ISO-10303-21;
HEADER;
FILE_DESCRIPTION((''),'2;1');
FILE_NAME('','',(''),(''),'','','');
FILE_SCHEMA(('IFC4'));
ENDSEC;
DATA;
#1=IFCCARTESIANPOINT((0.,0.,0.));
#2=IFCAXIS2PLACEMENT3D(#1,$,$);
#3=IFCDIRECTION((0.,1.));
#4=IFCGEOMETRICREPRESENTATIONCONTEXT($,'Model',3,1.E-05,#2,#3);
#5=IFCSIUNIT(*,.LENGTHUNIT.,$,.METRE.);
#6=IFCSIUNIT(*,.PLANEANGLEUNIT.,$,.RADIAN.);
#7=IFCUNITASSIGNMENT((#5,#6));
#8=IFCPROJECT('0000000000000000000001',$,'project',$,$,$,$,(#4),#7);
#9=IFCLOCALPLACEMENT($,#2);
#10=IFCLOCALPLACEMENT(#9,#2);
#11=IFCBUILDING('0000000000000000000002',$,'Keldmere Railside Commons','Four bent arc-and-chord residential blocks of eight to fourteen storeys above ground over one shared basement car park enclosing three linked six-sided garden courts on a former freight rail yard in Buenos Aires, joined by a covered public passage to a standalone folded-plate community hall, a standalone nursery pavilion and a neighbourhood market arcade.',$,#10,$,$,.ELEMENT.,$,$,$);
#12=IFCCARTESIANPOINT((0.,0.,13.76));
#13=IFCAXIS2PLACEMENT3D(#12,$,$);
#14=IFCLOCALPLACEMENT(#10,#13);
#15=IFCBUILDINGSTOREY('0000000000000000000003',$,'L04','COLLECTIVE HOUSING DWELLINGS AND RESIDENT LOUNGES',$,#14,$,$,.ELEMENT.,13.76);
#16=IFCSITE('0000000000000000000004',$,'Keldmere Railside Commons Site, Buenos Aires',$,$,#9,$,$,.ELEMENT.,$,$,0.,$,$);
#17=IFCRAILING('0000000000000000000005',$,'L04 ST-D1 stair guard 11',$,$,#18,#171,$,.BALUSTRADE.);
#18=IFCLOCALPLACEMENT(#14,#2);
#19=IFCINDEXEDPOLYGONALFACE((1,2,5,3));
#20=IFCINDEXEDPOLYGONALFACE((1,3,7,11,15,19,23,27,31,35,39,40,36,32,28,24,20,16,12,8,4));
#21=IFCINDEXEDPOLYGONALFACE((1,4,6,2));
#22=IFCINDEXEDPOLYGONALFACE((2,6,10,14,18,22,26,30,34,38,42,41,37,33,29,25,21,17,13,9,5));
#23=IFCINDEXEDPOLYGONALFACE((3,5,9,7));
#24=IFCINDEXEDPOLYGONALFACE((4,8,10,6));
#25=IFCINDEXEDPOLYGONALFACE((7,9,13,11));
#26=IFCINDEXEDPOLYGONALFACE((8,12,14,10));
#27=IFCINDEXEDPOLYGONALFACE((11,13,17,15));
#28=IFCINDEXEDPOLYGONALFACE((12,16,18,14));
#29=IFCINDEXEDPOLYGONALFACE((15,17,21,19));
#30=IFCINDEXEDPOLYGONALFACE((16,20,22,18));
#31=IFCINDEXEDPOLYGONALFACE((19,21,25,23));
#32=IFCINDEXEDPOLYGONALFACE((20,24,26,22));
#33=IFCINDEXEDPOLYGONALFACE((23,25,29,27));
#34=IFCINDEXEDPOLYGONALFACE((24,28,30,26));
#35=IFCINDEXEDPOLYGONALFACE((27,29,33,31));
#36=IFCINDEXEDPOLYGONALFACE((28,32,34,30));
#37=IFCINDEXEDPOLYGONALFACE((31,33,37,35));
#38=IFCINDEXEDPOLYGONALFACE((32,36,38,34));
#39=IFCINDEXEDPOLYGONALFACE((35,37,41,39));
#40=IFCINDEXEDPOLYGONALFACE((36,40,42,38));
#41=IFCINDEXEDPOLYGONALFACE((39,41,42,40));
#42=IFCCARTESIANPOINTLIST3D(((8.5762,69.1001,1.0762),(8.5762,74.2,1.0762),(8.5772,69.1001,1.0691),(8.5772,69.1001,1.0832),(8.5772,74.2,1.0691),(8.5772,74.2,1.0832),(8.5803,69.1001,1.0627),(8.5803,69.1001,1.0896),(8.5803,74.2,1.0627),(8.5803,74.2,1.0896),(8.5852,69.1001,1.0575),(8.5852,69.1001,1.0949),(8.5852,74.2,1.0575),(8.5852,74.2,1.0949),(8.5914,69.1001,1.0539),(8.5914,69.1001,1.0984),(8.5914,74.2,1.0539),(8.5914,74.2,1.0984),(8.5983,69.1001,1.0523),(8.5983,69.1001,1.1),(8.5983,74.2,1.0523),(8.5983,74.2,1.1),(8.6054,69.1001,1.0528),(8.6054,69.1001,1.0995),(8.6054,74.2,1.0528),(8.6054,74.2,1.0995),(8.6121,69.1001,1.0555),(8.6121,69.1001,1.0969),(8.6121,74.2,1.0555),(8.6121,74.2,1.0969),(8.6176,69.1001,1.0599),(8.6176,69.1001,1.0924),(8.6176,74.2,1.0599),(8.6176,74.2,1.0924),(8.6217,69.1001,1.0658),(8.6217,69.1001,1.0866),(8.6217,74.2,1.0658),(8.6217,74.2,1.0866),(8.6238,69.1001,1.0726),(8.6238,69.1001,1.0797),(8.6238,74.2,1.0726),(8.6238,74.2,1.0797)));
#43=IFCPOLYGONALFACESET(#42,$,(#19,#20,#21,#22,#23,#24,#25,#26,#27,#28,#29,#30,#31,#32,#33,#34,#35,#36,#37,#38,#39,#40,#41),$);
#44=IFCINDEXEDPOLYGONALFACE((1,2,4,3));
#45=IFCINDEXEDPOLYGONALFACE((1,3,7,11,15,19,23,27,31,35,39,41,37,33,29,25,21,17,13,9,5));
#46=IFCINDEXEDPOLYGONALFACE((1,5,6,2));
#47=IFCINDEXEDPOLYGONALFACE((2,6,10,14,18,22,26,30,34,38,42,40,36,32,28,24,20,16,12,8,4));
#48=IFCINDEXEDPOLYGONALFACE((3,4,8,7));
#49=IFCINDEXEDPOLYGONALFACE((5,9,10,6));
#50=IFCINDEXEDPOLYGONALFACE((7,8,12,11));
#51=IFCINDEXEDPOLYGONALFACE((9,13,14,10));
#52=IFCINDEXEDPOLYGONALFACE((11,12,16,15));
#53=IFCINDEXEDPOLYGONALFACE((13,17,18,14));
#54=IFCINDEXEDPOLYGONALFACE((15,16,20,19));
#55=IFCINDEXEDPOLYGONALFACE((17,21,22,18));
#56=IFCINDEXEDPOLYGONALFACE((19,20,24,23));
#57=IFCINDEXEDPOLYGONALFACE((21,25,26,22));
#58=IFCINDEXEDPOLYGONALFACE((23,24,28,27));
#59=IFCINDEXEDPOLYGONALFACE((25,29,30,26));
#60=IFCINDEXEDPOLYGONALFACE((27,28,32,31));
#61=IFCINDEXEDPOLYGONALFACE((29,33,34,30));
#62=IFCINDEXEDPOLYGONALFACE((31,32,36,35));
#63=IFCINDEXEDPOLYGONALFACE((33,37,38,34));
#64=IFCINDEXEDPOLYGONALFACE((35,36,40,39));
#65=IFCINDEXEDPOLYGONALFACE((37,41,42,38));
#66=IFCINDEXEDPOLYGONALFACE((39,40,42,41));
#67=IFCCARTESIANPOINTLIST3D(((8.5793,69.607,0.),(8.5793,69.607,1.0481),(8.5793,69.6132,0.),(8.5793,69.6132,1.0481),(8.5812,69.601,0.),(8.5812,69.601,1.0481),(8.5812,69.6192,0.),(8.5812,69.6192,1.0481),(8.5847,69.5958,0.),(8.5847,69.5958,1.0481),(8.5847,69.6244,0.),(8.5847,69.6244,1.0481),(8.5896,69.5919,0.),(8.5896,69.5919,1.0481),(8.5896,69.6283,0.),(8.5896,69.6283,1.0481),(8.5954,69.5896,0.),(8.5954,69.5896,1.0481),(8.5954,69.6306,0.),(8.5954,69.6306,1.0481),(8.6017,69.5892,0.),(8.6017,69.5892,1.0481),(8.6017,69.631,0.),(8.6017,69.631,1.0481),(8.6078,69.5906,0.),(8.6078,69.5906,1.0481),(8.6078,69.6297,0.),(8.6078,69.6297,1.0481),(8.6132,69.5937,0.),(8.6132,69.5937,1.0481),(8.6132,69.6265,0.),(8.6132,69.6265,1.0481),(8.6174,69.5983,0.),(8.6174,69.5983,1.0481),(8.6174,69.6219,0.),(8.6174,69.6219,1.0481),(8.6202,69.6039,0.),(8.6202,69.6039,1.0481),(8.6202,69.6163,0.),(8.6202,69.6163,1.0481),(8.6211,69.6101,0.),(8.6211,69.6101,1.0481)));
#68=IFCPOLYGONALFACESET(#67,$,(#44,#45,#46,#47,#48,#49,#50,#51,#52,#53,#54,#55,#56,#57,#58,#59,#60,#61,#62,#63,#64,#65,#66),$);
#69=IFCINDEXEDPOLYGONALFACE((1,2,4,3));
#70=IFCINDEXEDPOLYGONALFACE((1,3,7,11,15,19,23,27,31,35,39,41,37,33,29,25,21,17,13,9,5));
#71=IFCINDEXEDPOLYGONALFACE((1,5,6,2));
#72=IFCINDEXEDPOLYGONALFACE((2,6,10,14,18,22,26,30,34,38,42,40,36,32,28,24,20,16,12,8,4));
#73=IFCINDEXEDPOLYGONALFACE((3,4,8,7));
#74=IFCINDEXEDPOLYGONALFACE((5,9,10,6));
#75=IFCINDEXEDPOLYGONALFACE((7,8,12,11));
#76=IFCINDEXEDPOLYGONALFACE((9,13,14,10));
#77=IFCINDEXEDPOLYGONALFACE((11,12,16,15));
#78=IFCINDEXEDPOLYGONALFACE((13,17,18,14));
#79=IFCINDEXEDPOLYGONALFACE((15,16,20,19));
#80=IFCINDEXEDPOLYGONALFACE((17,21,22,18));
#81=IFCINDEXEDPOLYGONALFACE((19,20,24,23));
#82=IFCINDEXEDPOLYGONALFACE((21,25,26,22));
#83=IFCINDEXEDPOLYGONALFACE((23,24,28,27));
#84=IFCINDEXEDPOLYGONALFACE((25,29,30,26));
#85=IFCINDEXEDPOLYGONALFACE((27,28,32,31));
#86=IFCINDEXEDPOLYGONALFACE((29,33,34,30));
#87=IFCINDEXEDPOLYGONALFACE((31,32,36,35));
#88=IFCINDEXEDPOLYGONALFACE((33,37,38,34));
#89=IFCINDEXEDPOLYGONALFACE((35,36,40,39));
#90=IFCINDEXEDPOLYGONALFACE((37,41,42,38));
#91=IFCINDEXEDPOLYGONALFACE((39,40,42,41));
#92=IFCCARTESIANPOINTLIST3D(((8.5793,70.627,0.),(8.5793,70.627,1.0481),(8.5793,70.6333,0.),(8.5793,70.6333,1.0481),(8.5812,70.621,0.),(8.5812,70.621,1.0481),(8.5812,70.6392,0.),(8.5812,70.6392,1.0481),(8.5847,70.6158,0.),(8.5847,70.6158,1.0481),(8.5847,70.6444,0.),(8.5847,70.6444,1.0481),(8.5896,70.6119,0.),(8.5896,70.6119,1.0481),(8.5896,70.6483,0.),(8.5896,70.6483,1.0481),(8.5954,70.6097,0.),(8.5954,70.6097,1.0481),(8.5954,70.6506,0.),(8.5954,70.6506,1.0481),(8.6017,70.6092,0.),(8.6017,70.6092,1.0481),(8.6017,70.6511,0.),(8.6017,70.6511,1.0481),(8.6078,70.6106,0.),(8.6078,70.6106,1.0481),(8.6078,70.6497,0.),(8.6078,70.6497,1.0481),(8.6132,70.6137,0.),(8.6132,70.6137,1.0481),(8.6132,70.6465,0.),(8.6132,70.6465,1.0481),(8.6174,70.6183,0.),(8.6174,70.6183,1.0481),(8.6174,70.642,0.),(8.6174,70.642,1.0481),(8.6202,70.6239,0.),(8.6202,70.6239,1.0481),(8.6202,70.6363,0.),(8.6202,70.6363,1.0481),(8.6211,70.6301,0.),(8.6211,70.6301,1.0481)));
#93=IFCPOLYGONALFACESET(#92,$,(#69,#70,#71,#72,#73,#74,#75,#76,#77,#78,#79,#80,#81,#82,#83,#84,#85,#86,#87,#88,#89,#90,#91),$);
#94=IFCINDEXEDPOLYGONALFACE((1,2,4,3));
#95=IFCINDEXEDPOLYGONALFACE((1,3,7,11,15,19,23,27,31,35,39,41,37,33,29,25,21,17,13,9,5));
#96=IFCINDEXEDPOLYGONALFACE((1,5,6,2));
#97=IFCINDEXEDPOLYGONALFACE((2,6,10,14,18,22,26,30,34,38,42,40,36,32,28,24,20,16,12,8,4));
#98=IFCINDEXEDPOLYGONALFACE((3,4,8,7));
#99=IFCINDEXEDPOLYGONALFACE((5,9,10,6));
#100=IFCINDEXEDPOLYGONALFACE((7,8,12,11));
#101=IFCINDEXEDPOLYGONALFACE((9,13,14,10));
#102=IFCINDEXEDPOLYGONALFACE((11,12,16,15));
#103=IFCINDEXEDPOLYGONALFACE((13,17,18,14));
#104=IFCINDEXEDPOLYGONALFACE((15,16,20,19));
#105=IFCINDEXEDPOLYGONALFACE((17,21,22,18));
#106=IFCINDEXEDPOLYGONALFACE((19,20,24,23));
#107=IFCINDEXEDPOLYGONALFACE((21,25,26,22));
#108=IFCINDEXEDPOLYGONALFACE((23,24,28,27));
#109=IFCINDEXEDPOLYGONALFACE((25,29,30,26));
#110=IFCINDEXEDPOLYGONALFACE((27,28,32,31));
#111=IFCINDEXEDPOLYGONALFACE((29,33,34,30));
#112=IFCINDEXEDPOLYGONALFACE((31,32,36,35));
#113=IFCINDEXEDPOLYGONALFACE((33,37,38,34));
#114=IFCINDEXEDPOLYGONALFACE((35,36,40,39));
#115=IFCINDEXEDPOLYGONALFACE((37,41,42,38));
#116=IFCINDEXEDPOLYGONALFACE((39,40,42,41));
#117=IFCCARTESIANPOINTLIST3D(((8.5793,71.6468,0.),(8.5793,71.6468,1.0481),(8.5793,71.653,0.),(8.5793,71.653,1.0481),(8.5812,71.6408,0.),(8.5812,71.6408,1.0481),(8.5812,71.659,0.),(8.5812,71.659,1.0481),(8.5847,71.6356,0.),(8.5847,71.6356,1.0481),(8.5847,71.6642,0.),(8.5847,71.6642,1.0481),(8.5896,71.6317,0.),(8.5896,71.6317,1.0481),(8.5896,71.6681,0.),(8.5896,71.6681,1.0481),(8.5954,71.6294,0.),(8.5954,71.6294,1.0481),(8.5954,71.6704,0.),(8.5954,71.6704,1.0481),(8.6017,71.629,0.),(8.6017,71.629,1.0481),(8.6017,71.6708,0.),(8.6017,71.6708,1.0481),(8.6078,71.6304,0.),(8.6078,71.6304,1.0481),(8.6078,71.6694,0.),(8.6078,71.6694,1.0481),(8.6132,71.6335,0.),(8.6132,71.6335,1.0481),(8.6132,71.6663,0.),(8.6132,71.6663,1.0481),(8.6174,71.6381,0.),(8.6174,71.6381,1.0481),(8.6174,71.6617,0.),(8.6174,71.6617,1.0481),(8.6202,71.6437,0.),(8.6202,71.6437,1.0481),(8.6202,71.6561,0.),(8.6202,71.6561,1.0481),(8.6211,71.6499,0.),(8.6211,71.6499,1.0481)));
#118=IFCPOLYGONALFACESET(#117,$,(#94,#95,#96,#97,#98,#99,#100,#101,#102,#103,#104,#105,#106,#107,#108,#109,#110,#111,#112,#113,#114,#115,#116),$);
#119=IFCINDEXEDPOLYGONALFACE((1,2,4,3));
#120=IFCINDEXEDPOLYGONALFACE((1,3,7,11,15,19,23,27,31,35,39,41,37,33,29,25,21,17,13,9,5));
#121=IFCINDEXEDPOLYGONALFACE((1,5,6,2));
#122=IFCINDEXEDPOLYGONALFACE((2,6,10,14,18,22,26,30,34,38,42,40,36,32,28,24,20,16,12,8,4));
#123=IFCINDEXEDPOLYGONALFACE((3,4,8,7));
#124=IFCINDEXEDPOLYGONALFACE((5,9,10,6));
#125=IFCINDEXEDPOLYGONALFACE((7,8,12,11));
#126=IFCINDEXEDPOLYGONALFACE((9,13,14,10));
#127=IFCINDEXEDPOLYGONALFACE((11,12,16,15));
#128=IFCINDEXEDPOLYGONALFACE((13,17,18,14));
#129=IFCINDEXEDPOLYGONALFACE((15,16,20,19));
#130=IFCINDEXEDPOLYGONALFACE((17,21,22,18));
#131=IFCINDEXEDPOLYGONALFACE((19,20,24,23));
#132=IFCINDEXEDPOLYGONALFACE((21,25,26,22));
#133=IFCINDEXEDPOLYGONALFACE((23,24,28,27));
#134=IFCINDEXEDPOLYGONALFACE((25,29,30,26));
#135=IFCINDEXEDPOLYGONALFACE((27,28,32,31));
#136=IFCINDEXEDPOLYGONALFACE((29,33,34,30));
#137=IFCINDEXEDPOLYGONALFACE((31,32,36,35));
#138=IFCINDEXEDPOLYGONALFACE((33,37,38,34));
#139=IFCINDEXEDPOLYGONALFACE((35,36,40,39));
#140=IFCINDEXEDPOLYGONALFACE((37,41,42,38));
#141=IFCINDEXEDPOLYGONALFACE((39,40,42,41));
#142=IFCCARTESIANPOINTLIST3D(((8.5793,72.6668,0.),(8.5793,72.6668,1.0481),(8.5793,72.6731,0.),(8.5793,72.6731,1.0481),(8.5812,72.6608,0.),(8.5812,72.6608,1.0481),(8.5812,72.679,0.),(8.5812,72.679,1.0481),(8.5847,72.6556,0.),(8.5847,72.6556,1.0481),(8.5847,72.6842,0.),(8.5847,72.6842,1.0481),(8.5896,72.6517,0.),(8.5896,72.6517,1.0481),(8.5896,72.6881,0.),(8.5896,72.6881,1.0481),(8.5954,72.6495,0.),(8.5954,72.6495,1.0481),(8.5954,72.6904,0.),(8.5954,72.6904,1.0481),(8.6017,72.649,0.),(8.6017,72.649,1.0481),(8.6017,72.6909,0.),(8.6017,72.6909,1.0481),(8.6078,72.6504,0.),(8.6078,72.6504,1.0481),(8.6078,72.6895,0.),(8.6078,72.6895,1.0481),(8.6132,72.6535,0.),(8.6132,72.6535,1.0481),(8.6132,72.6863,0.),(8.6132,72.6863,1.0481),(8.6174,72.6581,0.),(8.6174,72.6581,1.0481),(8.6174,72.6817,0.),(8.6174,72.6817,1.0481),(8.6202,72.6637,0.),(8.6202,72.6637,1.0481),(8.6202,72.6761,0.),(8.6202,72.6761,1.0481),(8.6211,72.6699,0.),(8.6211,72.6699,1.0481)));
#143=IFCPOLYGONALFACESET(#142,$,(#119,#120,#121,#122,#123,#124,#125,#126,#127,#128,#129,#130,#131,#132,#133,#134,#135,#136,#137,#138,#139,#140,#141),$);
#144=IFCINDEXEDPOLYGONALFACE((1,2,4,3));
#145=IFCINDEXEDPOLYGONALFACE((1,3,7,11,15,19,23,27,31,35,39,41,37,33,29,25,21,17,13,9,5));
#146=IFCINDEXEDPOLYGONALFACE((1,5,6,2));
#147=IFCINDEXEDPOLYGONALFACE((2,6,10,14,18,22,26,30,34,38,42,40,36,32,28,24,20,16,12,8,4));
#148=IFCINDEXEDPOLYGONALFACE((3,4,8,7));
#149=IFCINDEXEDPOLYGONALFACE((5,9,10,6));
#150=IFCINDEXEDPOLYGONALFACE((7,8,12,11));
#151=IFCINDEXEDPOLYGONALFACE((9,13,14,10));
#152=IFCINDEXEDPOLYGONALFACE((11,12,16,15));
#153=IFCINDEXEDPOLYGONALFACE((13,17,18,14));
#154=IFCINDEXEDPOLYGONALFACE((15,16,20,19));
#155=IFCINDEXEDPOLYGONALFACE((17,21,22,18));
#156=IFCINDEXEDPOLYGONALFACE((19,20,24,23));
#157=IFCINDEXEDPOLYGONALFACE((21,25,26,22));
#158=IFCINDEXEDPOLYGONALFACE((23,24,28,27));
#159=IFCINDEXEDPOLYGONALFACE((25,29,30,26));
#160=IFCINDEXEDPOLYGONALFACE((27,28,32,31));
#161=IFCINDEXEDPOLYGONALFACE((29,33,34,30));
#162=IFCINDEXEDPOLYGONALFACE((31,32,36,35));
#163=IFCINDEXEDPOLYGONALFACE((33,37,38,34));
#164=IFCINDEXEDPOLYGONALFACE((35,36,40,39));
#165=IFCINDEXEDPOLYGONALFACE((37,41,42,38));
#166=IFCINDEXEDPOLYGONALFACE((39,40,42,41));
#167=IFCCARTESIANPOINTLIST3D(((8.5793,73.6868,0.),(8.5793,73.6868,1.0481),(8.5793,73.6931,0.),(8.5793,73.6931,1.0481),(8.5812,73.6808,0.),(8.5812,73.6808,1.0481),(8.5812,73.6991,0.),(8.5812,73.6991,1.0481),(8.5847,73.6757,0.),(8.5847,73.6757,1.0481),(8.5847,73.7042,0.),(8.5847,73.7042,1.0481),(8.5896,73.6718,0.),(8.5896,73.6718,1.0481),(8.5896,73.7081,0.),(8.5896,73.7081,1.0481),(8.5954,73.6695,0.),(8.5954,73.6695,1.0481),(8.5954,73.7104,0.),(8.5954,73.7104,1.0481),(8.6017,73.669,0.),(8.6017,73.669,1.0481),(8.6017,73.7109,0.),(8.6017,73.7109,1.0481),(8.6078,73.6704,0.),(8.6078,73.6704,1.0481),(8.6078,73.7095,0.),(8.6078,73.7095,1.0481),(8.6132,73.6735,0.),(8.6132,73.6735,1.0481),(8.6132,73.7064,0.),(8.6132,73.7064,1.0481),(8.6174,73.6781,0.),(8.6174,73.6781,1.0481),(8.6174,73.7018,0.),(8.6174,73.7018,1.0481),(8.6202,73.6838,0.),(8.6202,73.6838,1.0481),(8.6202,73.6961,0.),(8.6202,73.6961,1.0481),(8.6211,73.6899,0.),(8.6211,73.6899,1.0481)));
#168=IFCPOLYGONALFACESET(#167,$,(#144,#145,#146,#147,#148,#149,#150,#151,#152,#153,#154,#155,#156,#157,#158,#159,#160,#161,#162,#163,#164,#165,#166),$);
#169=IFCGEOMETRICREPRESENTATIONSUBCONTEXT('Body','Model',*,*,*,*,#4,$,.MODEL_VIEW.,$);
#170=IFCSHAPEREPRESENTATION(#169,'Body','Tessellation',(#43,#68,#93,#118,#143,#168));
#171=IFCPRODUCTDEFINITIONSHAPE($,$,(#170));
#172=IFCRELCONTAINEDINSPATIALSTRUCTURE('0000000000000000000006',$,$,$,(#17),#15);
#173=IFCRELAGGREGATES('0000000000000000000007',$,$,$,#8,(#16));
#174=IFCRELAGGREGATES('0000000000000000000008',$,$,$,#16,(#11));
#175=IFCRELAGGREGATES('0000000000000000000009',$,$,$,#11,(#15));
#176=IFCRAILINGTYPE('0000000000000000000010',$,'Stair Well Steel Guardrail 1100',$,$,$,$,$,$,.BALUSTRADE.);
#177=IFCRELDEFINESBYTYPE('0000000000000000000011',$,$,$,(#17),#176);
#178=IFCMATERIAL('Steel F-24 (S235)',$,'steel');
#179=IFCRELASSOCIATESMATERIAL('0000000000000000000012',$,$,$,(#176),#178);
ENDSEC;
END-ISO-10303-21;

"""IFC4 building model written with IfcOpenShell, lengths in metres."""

from ifc_helpers import new_model, si_unit, direction, frame, origin, origin_2d, place, context, subcontext, project, spatial, circle, extrude, material, type_object, element, save


model = new_model("IFC4")

# Units and contexts
model_context = context("Model", 3, precision=1e-05, world=origin(), true_north=direction((0.0, 1.0)))
body_context = subcontext(model_context, "Body", "Model", "MODEL_VIEW")
ifc_project = project(units=[si_unit("LENGTHUNIT", "METRE"), si_unit("PLANEANGLEUNIT", "RADIAN")], contexts=[model_context])

# Site, building, storey
site_placement = place(None, origin())
site = spatial("IfcSite", under=ifc_project, at=site_placement, Name="Keldmere Railside Commons Site, Buenos Aires", CompositionType="ELEMENT", RefElevation=0.0)
building_placement = place(site_placement, origin())
building = spatial("IfcBuilding", under=site, at=building_placement, Name="Keldmere Railside Commons", Description="Four bent arc-and-chord residential blocks of eight to fourteen storeys above ground over one shared basement car park enclosing three linked six-sided garden courts on a former freight rail yard in Buenos Aires, joined by a covered public passage to a standalone folded-plate community hall, a standalone nursery pavilion and a neighbourhood market arcade.", CompositionType="ELEMENT")
storey_placement = place(building_placement, frame((0.0, 0.0, 13.76)))
storey = spatial("IfcBuildingStorey", under=building, at=storey_placement, Name="L04", Description="COLLECTIVE HOUSING DWELLINGS AND RESIDENT LOUNGES", CompositionType="ELEMENT", Elevation=13.76)

# Railing
ifc_material_1 = material(Name="Steel F-24 (S235)", Category="steel")
railing_type_1 = type_object("IfcRailingType", Name="Stair Well Steel Guardrail 1100", PredefinedType="BALUSTRADE", material=ifc_material_1)
railing_1_placement = place(storey_placement, frame((8.6001, 69.1001, 0.0)))
element("IfcRailing", 1, at=railing_1_placement, inside=storey, type_object=railing_type_1, Name="L04 ST-D1 stair guard 11", PredefinedType="BALUSTRADE", context=body_context, shape_type="SweptSolid", body=[
    extrude(circle(Radius=0.0239, at=origin_2d()), frame((0.0, 0.0, 1.0762), z_axis=(0.0, 1.0, 0.0), x_axis=(-1.0, 0.0, 0.0)), (0.0, 0.0, 1.0), 5.0999),
    extrude(circle(Radius=0.021, at=origin_2d()), frame((0.0, 0.51, 0.0)), (0.0, 0.0, 1.0), 1.0481),
    extrude(circle(Radius=0.021, at=origin_2d()), frame((0.0, 1.53, 0.0)), (0.0, 0.0, 1.0), 1.0481),
    extrude(circle(Radius=0.021, at=origin_2d()), frame((0.0, 2.5498, 0.0)), (0.0, 0.0, 1.0), 1.0481),
    extrude(circle(Radius=0.021, at=origin_2d()), frame((0.0, 3.5698, 0.0)), (0.0, 0.0, 1.0), 1.0481),
    extrude(circle(Radius=0.021, at=origin_2d()), frame((0.0, 4.5898, 0.0)), (0.0, 0.0, 1.0), 1.0481),
])

save(model, "model.ifc")
